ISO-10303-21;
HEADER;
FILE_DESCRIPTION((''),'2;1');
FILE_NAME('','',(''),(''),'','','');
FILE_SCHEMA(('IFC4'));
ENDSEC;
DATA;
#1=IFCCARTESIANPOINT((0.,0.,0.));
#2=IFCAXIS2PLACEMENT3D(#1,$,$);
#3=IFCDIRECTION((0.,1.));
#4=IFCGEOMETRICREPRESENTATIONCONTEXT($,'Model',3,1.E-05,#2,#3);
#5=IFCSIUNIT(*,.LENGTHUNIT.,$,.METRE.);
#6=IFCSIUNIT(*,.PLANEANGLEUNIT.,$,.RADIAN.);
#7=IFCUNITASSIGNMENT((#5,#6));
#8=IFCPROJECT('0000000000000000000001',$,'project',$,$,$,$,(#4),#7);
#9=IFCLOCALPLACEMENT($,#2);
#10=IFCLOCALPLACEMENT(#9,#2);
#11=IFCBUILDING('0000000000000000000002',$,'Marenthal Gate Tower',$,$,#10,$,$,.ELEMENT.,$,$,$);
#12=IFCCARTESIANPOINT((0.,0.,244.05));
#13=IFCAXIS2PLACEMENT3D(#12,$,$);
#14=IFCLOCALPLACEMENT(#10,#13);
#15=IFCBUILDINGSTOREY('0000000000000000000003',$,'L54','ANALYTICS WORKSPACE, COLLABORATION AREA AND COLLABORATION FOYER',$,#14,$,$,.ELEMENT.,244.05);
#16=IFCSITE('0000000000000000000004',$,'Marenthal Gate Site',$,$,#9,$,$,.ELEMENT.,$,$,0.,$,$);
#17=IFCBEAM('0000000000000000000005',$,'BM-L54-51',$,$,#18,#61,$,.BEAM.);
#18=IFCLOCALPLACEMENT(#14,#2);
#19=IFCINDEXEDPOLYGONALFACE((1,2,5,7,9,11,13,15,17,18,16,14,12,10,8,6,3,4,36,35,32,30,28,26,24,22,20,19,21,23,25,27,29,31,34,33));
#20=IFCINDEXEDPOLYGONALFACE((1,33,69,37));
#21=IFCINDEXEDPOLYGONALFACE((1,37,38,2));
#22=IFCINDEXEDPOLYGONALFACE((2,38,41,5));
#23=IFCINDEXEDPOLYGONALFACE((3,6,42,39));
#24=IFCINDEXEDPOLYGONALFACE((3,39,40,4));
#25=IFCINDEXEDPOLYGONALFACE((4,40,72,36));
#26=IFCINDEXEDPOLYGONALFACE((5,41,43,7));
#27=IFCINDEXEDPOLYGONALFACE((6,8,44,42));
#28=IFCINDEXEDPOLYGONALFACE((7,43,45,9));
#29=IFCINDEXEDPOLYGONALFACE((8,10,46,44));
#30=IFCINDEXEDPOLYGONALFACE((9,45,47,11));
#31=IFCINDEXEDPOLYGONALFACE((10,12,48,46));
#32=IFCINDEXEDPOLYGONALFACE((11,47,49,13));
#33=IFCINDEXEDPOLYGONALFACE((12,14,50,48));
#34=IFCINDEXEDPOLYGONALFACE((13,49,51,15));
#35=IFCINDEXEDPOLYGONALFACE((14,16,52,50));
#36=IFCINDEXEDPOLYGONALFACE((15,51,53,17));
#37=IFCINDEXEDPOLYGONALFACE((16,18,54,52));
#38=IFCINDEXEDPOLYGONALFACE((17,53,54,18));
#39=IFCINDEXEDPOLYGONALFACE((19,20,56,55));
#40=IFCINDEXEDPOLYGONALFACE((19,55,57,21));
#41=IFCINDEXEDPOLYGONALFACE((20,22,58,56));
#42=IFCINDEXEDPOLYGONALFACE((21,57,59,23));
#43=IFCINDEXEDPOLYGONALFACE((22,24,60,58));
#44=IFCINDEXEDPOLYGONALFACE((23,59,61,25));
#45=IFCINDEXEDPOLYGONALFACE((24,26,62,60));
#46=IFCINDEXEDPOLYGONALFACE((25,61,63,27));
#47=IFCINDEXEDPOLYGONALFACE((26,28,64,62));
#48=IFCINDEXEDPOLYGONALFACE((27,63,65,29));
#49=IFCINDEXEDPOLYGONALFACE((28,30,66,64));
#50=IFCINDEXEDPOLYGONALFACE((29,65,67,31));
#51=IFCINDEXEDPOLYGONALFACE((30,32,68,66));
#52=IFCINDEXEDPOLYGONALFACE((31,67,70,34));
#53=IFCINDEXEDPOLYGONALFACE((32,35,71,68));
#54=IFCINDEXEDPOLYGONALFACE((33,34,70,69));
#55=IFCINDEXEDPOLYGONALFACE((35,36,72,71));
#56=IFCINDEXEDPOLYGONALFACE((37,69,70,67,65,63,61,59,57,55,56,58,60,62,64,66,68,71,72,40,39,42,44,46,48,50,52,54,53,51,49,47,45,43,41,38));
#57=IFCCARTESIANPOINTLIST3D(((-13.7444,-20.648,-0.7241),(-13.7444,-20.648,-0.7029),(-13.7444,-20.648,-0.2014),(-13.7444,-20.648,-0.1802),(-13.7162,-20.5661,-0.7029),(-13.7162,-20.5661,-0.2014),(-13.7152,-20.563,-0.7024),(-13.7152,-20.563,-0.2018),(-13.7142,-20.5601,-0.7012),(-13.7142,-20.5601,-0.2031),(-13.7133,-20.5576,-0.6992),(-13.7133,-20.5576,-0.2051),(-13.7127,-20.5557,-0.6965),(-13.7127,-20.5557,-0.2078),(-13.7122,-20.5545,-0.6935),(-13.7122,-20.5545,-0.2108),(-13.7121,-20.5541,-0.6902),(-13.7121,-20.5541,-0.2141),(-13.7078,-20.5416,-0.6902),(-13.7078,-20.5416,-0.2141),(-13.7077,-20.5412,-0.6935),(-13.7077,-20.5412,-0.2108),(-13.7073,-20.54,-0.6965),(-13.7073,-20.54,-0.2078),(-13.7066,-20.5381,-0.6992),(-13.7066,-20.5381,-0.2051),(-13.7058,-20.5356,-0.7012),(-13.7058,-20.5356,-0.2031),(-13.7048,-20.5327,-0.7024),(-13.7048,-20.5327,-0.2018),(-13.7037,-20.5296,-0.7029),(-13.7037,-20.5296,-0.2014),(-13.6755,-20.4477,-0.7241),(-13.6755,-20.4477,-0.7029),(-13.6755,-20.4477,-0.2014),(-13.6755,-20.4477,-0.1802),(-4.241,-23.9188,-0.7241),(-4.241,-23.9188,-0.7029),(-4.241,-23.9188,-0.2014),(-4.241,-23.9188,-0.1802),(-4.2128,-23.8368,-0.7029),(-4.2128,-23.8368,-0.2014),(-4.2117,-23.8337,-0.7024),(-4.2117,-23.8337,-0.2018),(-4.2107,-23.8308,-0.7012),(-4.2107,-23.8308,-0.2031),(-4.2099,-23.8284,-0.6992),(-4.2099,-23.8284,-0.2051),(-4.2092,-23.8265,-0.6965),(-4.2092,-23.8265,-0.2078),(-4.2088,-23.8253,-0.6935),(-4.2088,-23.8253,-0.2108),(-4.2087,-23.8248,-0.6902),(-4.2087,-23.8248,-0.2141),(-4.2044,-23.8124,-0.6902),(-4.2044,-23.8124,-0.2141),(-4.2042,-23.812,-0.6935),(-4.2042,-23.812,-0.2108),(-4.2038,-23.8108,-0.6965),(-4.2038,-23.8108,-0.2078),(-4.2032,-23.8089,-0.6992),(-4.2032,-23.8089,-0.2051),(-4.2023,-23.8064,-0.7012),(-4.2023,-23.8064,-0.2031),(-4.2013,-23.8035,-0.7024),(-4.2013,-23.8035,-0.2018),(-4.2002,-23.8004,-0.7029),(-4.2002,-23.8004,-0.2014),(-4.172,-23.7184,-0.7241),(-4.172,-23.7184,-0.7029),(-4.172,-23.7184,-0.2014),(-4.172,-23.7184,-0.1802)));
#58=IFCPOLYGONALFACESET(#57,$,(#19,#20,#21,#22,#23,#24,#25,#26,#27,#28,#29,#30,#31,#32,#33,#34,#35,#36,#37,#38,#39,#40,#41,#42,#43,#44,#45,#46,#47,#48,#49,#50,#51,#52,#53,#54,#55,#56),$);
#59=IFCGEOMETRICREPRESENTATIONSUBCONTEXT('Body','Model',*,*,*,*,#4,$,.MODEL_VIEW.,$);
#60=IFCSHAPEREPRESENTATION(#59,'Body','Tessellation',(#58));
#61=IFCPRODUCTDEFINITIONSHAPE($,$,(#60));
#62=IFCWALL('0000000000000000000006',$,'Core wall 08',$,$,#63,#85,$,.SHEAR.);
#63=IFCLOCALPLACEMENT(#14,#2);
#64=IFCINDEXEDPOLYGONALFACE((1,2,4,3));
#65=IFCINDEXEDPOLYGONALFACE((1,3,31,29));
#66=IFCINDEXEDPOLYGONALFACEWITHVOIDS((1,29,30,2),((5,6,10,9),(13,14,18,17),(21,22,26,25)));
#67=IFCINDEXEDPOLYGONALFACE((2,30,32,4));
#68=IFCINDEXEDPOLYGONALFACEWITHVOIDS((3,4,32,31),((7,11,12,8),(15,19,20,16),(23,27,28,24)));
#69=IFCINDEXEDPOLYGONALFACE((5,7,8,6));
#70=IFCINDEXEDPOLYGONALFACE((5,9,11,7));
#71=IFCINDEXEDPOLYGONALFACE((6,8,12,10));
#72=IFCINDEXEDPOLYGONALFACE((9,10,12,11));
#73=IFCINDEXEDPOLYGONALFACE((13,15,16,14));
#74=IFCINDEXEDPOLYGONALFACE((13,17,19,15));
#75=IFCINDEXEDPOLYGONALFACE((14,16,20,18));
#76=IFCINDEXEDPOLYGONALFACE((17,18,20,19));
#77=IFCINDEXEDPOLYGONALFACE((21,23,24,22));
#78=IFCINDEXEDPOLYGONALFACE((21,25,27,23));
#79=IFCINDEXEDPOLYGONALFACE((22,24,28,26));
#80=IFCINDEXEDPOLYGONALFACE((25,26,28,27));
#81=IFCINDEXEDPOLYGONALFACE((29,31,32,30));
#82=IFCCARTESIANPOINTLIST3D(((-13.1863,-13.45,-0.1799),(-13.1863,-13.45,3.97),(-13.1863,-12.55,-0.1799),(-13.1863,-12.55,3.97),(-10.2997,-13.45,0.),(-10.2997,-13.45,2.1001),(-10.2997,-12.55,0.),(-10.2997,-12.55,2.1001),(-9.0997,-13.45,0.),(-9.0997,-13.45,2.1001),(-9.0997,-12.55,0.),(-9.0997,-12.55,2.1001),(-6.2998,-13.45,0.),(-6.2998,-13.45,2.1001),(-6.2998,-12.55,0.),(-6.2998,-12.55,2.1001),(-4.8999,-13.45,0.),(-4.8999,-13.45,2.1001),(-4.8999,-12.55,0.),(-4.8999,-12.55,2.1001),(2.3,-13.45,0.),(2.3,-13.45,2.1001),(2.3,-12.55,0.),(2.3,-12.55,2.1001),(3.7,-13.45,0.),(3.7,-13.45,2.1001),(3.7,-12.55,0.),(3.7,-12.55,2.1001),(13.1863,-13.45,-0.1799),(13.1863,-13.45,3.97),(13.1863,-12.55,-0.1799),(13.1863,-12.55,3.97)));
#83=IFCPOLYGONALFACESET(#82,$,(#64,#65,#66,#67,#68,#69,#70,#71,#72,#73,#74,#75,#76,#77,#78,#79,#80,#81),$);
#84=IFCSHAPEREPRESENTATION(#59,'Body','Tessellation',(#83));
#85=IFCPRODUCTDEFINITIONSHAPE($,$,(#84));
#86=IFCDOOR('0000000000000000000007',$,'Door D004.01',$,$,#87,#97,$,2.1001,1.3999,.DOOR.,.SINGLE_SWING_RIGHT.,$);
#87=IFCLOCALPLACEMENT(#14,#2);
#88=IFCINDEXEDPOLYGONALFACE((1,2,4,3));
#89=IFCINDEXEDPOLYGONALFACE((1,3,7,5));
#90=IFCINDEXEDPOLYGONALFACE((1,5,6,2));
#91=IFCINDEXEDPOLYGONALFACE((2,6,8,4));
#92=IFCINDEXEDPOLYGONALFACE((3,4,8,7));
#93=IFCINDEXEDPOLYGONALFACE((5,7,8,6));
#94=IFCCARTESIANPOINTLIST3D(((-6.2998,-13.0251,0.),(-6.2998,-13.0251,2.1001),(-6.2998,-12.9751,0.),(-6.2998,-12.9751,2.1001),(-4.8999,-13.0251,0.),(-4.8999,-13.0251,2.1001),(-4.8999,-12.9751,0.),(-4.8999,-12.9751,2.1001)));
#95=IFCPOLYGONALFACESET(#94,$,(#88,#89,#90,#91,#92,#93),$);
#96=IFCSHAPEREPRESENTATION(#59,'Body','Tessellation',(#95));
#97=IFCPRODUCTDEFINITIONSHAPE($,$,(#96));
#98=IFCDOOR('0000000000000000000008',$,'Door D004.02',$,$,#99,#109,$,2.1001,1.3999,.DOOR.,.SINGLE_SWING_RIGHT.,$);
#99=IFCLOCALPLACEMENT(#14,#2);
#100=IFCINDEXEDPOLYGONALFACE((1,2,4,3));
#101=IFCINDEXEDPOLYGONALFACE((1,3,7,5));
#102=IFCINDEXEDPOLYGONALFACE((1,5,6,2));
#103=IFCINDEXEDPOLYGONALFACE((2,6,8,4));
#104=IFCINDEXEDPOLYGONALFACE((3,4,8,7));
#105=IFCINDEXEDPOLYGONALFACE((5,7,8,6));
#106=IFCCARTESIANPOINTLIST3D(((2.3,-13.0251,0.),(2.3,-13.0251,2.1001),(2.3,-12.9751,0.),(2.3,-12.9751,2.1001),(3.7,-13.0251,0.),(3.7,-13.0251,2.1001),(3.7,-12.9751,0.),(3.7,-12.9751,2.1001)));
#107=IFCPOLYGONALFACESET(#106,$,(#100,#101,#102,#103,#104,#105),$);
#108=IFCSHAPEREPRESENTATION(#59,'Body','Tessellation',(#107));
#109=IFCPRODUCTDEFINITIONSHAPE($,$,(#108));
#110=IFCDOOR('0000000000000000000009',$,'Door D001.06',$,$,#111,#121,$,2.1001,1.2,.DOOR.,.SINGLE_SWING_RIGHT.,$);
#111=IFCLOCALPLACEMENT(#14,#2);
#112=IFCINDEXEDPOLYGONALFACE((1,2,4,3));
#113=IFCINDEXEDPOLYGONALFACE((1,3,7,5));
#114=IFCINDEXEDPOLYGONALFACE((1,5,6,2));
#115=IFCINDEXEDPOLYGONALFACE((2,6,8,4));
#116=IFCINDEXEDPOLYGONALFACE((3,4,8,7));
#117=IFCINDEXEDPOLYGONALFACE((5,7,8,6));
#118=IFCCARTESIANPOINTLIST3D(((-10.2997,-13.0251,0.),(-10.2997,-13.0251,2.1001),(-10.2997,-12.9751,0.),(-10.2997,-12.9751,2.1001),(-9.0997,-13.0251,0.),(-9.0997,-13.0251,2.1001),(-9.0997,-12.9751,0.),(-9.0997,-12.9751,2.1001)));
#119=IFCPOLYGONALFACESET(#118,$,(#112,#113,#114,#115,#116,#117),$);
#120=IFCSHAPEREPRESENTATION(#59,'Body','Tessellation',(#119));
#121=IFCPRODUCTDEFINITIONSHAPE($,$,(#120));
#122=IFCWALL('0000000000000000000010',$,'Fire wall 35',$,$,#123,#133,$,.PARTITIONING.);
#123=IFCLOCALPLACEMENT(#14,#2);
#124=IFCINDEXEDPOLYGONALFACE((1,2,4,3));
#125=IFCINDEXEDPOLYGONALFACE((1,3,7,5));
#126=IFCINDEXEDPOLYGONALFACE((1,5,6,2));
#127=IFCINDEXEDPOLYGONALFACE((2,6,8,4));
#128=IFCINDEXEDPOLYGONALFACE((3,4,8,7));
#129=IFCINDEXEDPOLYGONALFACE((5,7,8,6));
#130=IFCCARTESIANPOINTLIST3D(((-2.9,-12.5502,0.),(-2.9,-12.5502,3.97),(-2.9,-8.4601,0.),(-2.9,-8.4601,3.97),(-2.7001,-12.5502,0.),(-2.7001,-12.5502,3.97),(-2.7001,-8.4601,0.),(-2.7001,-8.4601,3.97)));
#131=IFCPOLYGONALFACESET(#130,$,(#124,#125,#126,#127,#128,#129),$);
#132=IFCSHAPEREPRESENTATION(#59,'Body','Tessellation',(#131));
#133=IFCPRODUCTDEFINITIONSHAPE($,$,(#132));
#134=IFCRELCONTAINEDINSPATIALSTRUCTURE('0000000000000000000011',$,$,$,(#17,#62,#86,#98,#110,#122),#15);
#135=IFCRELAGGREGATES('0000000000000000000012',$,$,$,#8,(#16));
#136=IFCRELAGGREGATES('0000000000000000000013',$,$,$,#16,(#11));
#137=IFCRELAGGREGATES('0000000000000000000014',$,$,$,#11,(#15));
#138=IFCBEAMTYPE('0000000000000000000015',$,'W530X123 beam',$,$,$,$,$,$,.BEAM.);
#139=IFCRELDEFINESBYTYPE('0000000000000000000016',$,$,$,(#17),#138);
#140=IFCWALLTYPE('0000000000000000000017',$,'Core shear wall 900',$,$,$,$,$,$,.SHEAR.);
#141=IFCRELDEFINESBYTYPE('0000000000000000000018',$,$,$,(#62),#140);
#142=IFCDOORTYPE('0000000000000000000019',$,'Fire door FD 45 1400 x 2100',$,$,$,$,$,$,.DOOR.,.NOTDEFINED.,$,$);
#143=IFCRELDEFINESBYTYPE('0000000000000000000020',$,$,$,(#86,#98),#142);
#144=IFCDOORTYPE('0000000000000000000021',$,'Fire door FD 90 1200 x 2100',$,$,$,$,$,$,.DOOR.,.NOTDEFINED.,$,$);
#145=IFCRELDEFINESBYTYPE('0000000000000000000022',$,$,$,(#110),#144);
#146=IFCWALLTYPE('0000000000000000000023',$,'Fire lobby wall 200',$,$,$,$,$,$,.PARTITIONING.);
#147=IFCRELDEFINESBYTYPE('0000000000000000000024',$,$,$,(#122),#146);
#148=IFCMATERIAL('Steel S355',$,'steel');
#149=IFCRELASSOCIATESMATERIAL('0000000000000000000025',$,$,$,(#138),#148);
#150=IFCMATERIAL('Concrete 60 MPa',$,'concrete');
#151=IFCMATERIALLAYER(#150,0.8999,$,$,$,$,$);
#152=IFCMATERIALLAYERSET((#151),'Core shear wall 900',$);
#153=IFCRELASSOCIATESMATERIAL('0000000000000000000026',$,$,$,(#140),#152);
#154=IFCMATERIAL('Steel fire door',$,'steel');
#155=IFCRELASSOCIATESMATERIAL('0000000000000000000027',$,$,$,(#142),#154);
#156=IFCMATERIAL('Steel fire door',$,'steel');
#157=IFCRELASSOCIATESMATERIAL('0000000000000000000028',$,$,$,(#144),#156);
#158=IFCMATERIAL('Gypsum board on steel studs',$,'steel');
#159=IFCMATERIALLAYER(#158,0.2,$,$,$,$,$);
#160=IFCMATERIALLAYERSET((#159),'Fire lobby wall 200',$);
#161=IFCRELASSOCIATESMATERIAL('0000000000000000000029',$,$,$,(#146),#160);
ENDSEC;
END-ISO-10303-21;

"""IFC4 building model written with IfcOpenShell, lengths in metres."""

from ifc_helpers import new_model, si_unit, direction, frame, frame_2d, origin, origin_2d, place, context, subcontext, project, spatial, rectangle, i_section, extrude, material, layer, layer_set, material_profile, profile_set, type_object, element, fill, save


model = new_model("IFC4")

# Units and contexts
model_context = context("Model", 3, precision=1e-05, world=origin(), true_north=direction((0.0, 1.0)))
body_context = subcontext(model_context, "Body", "Model", "MODEL_VIEW")
ifc_project = project(units=[si_unit("LENGTHUNIT", "METRE"), si_unit("PLANEANGLEUNIT", "RADIAN")], contexts=[model_context])

# Site, building, storey
site_placement = place(None, origin())
site = spatial("IfcSite", under=ifc_project, at=site_placement, Name="Marenthal Gate Site", CompositionType="ELEMENT", RefElevation=0.0)
building_placement = place(site_placement, origin())
building = spatial("IfcBuilding", under=site, at=building_placement, Name="Marenthal Gate Tower", CompositionType="ELEMENT")
storey_placement = place(building_placement, frame((0.0, 0.0, 244.05)))
storey = spatial("IfcBuildingStorey", under=building, at=storey_placement, Name="L54", Description="ANALYTICS WORKSPACE, COLLABORATION AREA AND COLLABORATION FOYER", CompositionType="ELEMENT", Elevation=244.05)

# Beam
ifc_material_1 = material(Name="Steel S355", Category="steel")
ifc_material_profile = material_profile(ifc_material_1, i_section(OverallWidth=0.2119, OverallDepth=0.5439, WebThickness=0.0132, FlangeThickness=0.0212, FilletRadius=0.0127, at=origin_2d()), Name="W530X123")
ifc_profile_set = profile_set([ifc_material_profile], Name="Steel S355")
beam_type = type_object("IfcBeamType", Name="W530X123 beam", PredefinedType="BEAM", material=ifc_profile_set)
beam_placement = place(storey_placement, frame((-13.71, -20.5479, -0.4521), z_axis=(0.945566, -0.325431, 0.0), x_axis=(0.325431, 0.945566, 0.0)))
element("IfcBeam", 1, at=beam_placement, inside=storey, type_object=beam_type, Name="BM-L54-51", PredefinedType="BEAM", context=body_context, shape_type="SweptSolid", body=[
    extrude(i_section(OverallWidth=0.2119, OverallDepth=0.5439, WebThickness=0.0132, FlangeThickness=0.0212, FilletRadius=0.0127, at=origin_2d()), origin(), (0.0, 0.0, 1.0), 10.0505),
])

# Wall, openings, doors
ifc_material_2 = material(Name="Concrete 60 MPa", Category="concrete")
ifc_layer_1 = layer(ifc_material_2, 0.8999)
ifc_layer_set_1 = layer_set([ifc_layer_1], Name="Core shear wall 900")
wall_type_1 = type_object("IfcWallType", Name="Core shear wall 900", PredefinedType="SHEAR", material=ifc_layer_set_1)
wall_1_placement = place(storey_placement, frame((-13.1863, -13.0, -0.1799), z_axis=(0.0, 0.0, 1.0), x_axis=(1.0, 0.0, 0.0)))
wall_1 = element("IfcWall", 2, at=wall_1_placement, inside=storey, type_object=wall_type_1, Name="Core wall 08", PredefinedType="SHEAR", context=body_context, shape_type="SweptSolid", body=[
    extrude(rectangle(XDim=26.3726, YDim=0.8999, at=frame_2d((13.1863, 0.0))), origin(), (0.0, 0.0, 1.0), 4.1499),
])
opening_1_placement = place(wall_1_placement, frame((2.8865, 0.0, 0.1799)))
opening_1 = element("IfcOpeningElement", 3, at=opening_1_placement, cuts=wall_1, PredefinedType="OPENING", context=body_context, shape_type="SweptSolid", body=[
    extrude(rectangle(XDim=1.2, YDim=2.1001, at=frame_2d((0.6001, 1.05))), frame((0.0, 0.46, 0.0), z_axis=(0.0, -1.0, 0.0), x_axis=(1.0, 0.0, 0.0)), (0.0, 0.0, 1.0), 0.9199),
])
opening_2_placement = place(wall_1_placement, frame((6.8865, 0.0, 0.1799)))
opening_2 = element("IfcOpeningElement", 4, at=opening_2_placement, cuts=wall_1, PredefinedType="OPENING", context=body_context, shape_type="SweptSolid", body=[
    extrude(rectangle(XDim=1.3999, YDim=2.1001, at=frame_2d((0.7, 1.05))), frame((0.0, 0.46, 0.0), z_axis=(0.0, -1.0, 0.0), x_axis=(1.0, 0.0, 0.0)), (0.0, 0.0, 1.0), 0.9199),
])
opening_3_placement = place(wall_1_placement, frame((15.4863, 0.0, 0.1799)))
opening_3 = element("IfcOpeningElement", 5, at=opening_3_placement, cuts=wall_1, PredefinedType="OPENING", context=body_context, shape_type="SweptSolid", body=[
    extrude(rectangle(XDim=1.3999, YDim=2.1001, at=frame_2d((0.7, 1.05))), frame((0.0, 0.46, 0.0), z_axis=(0.0, -1.0, 0.0), x_axis=(1.0, 0.0, 0.0)), (0.0, 0.0, 1.0), 0.9199),
])
ifc_material_3 = material(Name="Steel fire door", Category="steel")
door_type_1 = type_object("IfcDoorType", Name="Fire door FD 45 1400 x 2100", OperationType="NOTDEFINED", PredefinedType="DOOR", material=ifc_material_3)
door_1_placement = place(opening_2_placement, origin())
door_1 = element("IfcDoor", 6, at=door_1_placement, inside=storey, type_object=door_type_1, Name="Door D004.01", OperationType="SINGLE_SWING_RIGHT", OverallHeight=2.1001, OverallWidth=1.3999, PredefinedType="DOOR", context=body_context, shape_type="SweptSolid", body=[
    extrude(rectangle(XDim=1.3999, YDim=2.1001, at=frame_2d((0.7, 1.05))), frame((0.0, 0.0249, 0.0), z_axis=(0.0, -1.0, 0.0), x_axis=(1.0, 0.0, 0.0)), (0.0, 0.0, 1.0), 0.05),
])
fill(opening_2, door_1)
door_2_placement = place(opening_3_placement, origin())
door_2 = element("IfcDoor", 7, at=door_2_placement, inside=storey, type_object=door_type_1, Name="Door D004.02", OperationType="SINGLE_SWING_RIGHT", OverallHeight=2.1001, OverallWidth=1.3999, PredefinedType="DOOR", context=body_context, shape_type="SweptSolid", body=[
    extrude(rectangle(XDim=1.3999, YDim=2.1001, at=frame_2d((0.7, 1.05))), frame((0.0, 0.0249, 0.0), z_axis=(0.0, -1.0, 0.0), x_axis=(1.0, 0.0, 0.0)), (0.0, 0.0, 1.0), 0.05),
])
fill(opening_3, door_2)
ifc_material_4 = material(Name="Steel fire door", Category="steel")
door_type_2 = type_object("IfcDoorType", Name="Fire door FD 90 1200 x 2100", OperationType="NOTDEFINED", PredefinedType="DOOR", material=ifc_material_4)
door_3_placement = place(opening_1_placement, origin())
door_3 = element("IfcDoor", 8, at=door_3_placement, inside=storey, type_object=door_type_2, Name="Door D001.06", OperationType="SINGLE_SWING_RIGHT", OverallHeight=2.1001, OverallWidth=1.2, PredefinedType="DOOR", context=body_context, shape_type="SweptSolid", body=[
    extrude(rectangle(XDim=1.2, YDim=2.1001, at=frame_2d((0.6001, 1.05))), frame((0.0, 0.0249, 0.0), z_axis=(0.0, -1.0, 0.0), x_axis=(1.0, 0.0, 0.0)), (0.0, 0.0, 1.0), 0.05),
])
fill(opening_1, door_3)

# Wall
ifc_material_5 = material(Name="Gypsum board on steel studs", Category="steel")
ifc_layer_2 = layer(ifc_material_5, 0.2)
ifc_layer_set_2 = layer_set([ifc_layer_2], Name="Fire lobby wall 200")
wall_type_2 = type_object("IfcWallType", Name="Fire lobby wall 200", PredefinedType="PARTITIONING", material=ifc_layer_set_2)
wall_2_placement = place(storey_placement, frame((-2.8, -12.55, 0.0), z_axis=(0.0, 0.0, 1.0), x_axis=(0.0, 1.0, 0.0)))
element("IfcWall", 9, at=wall_2_placement, inside=storey, type_object=wall_type_2, Name="Fire wall 35", PredefinedType="PARTITIONING", context=body_context, shape_type="SweptSolid", body=[
    extrude(rectangle(XDim=4.0901, YDim=0.2, at=frame_2d((2.0449, 0.0))), origin(), (0.0, 0.0, 1.0), 3.97),
])

save(model, "model.ifc")
